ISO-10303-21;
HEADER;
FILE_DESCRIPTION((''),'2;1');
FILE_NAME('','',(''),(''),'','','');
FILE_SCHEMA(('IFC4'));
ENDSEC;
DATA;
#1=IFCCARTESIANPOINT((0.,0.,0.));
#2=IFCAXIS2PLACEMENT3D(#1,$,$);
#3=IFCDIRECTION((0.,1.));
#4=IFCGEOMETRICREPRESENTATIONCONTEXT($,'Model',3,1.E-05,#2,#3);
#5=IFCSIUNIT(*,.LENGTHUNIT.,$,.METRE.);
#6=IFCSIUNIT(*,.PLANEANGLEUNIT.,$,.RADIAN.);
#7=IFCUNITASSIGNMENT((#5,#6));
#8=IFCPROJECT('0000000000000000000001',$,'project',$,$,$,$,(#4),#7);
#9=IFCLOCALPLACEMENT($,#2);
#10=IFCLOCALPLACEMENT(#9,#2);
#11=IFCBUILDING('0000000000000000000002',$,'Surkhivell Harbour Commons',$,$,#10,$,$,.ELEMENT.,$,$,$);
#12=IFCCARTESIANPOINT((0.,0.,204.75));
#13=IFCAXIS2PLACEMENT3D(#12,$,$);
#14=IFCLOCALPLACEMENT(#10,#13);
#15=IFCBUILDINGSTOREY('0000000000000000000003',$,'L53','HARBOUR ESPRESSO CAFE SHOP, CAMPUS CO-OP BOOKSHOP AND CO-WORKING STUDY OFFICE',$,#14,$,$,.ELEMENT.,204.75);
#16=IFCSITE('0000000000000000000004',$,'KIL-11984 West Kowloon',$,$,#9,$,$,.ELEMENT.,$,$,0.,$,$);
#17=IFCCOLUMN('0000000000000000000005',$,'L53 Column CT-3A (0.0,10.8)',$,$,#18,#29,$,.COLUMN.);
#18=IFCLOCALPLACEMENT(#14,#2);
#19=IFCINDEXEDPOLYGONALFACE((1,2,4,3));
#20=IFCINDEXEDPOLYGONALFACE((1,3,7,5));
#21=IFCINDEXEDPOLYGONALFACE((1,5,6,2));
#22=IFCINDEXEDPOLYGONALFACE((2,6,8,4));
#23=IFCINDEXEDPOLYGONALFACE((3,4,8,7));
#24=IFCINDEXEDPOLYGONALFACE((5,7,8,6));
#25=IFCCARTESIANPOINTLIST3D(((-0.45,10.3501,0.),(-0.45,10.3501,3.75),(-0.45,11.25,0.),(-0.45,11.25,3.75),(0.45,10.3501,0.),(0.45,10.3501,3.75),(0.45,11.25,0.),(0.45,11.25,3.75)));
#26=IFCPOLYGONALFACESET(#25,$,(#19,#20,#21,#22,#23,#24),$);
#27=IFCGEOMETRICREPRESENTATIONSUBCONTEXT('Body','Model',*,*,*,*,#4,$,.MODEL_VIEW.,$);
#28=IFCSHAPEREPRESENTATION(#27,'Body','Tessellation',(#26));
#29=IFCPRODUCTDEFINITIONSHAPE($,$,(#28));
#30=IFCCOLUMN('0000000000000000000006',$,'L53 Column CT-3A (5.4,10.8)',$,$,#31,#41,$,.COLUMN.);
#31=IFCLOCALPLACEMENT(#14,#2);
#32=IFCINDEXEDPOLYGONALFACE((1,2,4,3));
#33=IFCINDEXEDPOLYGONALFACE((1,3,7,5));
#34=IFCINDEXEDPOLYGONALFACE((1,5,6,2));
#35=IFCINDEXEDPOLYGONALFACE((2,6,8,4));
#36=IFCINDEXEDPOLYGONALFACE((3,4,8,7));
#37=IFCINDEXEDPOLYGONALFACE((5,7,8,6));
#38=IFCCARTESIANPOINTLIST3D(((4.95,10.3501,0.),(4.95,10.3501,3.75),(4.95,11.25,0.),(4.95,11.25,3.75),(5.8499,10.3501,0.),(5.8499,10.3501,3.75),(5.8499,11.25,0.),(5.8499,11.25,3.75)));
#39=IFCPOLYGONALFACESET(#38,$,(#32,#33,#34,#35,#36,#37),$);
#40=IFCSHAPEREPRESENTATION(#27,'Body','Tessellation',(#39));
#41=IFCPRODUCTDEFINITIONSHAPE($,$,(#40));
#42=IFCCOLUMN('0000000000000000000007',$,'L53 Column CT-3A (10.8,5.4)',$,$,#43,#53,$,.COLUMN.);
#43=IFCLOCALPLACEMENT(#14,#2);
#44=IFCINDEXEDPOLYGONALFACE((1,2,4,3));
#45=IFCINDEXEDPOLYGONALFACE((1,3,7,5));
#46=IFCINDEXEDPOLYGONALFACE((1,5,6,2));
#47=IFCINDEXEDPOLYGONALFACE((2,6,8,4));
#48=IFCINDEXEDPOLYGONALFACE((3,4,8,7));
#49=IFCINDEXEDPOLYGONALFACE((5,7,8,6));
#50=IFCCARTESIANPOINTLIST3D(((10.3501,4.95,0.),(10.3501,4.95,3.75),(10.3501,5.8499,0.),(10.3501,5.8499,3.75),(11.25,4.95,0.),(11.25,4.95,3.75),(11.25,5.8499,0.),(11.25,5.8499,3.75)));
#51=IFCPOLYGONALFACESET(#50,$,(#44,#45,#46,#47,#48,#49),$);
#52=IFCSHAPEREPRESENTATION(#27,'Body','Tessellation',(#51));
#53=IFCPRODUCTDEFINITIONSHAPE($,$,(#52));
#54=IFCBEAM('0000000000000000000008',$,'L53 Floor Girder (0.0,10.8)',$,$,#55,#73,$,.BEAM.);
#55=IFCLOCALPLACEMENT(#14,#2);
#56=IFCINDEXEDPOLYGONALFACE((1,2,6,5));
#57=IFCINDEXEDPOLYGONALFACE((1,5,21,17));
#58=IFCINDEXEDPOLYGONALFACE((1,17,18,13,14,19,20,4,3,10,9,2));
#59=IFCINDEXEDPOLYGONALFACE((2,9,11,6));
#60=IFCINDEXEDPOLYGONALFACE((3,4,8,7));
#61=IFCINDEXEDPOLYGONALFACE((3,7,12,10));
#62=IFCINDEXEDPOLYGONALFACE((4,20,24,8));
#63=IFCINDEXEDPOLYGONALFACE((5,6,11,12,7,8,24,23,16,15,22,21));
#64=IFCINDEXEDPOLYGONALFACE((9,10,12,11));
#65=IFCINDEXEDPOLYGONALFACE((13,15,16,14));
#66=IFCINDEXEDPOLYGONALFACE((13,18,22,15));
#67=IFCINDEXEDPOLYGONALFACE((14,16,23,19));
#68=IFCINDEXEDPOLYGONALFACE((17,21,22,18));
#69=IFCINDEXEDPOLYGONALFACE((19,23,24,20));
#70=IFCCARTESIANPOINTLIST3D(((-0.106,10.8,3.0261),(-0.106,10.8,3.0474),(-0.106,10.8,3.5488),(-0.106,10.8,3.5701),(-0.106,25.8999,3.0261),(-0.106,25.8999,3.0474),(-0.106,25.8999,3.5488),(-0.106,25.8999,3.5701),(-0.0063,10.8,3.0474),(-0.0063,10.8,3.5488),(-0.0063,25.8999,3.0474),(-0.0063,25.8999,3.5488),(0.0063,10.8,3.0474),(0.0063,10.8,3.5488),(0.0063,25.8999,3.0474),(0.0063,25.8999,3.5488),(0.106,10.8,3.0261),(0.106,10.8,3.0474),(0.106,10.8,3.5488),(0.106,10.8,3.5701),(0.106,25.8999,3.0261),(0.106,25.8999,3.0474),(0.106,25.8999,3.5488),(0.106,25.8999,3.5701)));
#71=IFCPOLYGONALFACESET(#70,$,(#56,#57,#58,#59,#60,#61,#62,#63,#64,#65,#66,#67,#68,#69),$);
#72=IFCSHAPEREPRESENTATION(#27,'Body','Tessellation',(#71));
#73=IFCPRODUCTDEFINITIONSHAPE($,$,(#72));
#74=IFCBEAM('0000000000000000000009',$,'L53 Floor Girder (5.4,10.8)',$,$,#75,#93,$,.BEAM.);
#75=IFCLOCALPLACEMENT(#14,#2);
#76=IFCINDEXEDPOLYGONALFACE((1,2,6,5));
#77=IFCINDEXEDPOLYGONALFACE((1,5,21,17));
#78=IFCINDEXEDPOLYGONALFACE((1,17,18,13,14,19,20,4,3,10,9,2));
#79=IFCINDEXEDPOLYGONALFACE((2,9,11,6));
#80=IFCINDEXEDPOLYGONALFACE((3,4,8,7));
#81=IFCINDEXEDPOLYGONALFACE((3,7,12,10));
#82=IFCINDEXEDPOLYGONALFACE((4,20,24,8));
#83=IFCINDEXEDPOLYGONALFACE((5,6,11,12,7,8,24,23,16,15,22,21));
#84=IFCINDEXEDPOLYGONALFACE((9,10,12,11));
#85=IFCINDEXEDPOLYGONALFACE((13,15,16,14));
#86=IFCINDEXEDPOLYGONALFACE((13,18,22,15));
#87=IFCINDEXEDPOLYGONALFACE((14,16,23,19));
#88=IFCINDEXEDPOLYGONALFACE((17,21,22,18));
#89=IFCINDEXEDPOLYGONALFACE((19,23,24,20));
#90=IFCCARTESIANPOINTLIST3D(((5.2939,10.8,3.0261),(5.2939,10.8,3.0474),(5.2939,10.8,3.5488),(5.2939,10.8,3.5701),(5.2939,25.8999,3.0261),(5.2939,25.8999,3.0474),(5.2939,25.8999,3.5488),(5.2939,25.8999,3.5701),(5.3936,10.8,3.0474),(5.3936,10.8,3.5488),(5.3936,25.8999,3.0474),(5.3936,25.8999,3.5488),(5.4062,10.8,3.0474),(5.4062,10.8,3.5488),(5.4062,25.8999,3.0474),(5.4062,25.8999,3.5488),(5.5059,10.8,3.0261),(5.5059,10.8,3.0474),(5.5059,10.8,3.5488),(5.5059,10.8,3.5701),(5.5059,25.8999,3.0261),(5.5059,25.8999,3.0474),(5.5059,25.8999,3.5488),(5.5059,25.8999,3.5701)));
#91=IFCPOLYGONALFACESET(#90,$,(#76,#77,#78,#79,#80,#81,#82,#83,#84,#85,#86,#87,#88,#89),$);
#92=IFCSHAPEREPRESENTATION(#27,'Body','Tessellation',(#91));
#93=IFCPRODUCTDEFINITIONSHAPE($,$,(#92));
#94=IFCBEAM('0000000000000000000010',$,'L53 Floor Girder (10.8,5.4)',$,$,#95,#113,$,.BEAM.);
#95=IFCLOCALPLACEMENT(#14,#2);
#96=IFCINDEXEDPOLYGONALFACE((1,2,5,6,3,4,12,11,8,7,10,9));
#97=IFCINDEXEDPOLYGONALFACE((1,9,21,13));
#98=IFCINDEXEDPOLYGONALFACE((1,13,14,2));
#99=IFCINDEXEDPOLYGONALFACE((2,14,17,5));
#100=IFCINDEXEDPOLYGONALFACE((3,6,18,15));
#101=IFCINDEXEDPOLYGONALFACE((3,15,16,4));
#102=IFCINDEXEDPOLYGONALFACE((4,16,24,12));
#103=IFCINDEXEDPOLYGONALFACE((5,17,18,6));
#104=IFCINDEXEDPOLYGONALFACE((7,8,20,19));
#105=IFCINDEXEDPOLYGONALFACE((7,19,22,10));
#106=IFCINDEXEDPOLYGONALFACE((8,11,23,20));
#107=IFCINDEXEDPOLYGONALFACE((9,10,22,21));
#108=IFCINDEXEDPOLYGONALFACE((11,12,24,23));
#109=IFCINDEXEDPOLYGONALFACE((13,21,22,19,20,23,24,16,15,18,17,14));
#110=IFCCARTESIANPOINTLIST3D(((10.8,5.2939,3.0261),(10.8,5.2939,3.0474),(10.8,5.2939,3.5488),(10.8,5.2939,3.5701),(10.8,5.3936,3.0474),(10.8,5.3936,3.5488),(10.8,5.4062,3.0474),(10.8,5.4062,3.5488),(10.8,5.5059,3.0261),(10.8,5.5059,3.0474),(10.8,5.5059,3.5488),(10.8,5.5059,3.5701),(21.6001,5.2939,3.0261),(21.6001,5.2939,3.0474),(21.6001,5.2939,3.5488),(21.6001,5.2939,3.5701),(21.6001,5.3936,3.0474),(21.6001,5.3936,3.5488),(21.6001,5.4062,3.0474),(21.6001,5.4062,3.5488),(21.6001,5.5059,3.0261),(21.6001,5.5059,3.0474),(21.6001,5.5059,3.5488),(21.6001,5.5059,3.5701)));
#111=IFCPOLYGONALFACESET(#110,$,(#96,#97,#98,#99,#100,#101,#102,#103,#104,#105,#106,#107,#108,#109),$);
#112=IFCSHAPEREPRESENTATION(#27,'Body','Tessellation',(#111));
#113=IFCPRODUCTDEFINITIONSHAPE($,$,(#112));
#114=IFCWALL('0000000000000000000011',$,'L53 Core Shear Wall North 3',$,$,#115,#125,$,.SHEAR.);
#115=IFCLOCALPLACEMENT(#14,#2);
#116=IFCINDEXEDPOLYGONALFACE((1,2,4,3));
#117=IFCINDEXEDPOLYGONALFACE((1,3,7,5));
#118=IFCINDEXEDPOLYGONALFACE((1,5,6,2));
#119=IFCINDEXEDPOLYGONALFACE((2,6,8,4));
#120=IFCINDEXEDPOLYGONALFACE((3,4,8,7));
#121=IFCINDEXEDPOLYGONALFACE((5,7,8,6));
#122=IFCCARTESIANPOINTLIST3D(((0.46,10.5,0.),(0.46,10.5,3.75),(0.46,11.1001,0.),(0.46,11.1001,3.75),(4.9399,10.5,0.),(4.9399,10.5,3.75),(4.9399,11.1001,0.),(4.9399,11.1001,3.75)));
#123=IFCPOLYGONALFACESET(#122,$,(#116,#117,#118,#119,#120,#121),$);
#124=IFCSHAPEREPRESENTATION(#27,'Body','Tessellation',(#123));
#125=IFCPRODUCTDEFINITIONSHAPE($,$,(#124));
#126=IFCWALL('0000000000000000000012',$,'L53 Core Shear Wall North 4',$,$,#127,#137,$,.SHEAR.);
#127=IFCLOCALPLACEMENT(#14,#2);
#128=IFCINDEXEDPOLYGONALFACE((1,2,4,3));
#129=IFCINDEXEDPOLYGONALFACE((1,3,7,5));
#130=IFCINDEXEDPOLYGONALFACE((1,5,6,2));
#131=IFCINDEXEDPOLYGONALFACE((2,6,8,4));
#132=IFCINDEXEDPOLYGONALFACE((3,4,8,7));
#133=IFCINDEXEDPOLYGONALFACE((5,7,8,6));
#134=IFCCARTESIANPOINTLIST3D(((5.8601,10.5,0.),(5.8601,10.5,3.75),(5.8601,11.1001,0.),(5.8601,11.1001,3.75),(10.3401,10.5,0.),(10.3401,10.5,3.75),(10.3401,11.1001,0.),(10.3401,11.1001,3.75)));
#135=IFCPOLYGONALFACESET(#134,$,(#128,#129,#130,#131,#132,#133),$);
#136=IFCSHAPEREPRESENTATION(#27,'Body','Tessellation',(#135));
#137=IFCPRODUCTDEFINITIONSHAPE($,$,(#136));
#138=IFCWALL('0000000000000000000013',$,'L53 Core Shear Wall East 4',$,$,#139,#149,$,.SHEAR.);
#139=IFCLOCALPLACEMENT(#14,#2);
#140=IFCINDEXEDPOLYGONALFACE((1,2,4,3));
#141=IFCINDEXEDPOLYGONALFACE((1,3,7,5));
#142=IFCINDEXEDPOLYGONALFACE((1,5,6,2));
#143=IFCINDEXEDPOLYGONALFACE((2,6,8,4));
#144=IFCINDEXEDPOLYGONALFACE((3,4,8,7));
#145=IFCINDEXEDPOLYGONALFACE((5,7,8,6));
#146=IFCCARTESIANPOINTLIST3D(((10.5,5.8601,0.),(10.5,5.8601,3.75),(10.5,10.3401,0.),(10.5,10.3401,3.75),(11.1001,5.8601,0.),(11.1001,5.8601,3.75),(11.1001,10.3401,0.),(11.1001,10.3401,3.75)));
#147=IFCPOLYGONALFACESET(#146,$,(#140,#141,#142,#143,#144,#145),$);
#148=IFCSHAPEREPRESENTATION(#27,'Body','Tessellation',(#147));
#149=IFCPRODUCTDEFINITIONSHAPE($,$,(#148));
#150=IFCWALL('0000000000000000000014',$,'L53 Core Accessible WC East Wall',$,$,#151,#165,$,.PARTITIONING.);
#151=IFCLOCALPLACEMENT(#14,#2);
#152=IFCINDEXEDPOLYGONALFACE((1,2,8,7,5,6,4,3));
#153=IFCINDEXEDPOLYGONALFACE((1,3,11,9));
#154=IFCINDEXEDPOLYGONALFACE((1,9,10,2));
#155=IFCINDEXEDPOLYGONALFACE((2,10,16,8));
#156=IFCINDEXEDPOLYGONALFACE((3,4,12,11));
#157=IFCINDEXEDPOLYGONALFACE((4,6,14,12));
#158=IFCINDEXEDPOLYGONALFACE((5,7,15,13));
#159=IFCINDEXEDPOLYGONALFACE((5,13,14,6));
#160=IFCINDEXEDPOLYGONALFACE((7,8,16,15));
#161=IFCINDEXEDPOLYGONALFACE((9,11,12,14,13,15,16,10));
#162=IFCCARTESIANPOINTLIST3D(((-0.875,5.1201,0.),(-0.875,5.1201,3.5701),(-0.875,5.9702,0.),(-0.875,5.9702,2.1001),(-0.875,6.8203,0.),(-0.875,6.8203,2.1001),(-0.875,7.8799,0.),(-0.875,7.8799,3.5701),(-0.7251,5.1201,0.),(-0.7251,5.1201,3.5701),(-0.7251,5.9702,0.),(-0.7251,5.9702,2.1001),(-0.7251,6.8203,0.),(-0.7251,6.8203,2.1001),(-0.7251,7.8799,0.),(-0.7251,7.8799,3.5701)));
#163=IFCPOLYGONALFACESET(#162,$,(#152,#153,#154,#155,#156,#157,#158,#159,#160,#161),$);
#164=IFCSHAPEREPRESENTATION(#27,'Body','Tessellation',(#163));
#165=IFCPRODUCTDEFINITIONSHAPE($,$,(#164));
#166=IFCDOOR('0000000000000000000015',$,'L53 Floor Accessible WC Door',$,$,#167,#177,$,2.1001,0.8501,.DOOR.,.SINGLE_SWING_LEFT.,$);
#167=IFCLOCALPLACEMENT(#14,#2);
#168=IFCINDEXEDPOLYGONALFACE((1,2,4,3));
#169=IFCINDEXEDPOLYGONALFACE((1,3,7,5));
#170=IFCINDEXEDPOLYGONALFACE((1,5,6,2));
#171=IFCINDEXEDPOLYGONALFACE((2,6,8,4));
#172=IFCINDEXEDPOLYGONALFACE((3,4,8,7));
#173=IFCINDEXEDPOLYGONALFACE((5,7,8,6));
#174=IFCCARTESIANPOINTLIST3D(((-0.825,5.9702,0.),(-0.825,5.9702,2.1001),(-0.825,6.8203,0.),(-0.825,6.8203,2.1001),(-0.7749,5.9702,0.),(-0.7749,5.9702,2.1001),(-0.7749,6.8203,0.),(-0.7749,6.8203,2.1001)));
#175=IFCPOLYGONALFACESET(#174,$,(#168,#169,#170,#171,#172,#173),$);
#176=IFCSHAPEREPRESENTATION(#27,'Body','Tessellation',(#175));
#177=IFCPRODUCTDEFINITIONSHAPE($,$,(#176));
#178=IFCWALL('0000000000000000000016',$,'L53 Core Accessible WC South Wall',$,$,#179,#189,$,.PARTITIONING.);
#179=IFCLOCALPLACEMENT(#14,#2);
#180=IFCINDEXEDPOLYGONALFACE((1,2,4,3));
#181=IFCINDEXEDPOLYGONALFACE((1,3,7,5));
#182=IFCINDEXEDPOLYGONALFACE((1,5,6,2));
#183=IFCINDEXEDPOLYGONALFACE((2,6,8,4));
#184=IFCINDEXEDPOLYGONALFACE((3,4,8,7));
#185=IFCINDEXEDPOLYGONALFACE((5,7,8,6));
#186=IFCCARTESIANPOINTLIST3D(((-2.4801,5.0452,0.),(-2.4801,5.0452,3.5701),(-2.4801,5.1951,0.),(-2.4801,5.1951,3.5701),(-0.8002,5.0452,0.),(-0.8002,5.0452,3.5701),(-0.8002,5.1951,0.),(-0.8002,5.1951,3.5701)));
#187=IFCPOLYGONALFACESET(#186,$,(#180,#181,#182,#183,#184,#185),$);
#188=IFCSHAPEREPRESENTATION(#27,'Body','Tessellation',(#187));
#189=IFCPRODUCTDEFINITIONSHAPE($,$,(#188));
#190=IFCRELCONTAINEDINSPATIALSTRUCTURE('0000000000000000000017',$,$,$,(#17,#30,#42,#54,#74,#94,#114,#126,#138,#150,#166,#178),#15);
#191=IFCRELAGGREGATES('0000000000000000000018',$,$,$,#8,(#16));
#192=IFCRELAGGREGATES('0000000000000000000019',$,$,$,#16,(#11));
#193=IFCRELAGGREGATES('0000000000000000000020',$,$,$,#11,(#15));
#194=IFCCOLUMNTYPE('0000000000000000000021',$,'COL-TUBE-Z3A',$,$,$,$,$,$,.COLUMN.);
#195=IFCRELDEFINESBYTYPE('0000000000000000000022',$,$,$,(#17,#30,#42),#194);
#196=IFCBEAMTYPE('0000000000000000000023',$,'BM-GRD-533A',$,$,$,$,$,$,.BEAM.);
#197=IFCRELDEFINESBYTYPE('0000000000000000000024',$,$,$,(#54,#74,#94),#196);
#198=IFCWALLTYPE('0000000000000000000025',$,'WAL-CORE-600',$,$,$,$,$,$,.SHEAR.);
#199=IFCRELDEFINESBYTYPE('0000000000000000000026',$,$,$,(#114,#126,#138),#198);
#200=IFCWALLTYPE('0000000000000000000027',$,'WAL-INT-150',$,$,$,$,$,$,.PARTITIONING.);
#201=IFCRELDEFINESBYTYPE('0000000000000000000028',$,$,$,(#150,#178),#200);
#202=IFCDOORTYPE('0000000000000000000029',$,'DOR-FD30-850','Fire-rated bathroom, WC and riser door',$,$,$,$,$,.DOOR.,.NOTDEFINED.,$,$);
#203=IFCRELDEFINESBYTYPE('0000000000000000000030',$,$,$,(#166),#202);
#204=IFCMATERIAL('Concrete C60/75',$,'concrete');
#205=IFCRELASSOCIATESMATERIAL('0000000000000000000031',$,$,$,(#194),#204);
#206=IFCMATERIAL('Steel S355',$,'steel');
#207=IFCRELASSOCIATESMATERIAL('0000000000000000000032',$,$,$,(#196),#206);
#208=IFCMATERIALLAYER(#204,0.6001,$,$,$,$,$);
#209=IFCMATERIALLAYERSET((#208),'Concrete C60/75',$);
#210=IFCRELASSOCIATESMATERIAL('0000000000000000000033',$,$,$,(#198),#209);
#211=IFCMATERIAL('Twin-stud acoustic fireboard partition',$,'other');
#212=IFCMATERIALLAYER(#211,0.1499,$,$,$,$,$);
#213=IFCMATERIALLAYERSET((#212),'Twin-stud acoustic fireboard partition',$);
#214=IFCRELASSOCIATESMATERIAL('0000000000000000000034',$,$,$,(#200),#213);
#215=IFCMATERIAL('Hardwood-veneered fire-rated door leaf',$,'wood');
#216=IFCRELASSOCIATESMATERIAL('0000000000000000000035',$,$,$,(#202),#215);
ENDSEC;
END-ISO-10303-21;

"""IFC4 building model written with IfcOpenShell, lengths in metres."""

from ifc_helpers import new_model, si_unit, direction, frame, frame_2d, origin, origin_2d, place, context, subcontext, project, spatial, rectangle, i_section, extrude, material, layer, layer_set, material_profile, profile_set, type_object, element, fill, save


model = new_model("IFC4")

# Units and contexts
model_context = context("Model", 3, precision=1e-05, world=origin(), true_north=direction((0.0, 1.0)))
body_context = subcontext(model_context, "Body", "Model", "MODEL_VIEW")
ifc_project = project(units=[si_unit("LENGTHUNIT", "METRE"), si_unit("PLANEANGLEUNIT", "RADIAN")], contexts=[model_context])

# Site, building, storey
site_placement = place(None, origin())
site = spatial("IfcSite", under=ifc_project, at=site_placement, Name="KIL-11984 West Kowloon", CompositionType="ELEMENT", RefElevation=0.0)
building_placement = place(site_placement, origin())
building = spatial("IfcBuilding", under=site, at=building_placement, Name="Surkhivell Harbour Commons", CompositionType="ELEMENT")
storey_placement = place(building_placement, frame((0.0, 0.0, 204.75)))
storey = spatial("IfcBuildingStorey", under=building, at=storey_placement, Name="L53", Description="HARBOUR ESPRESSO CAFE SHOP, CAMPUS CO-OP BOOKSHOP AND CO-WORKING STUDY OFFICE", CompositionType="ELEMENT", Elevation=204.75)

# Columns
ifc_material_1 = material(Name="Concrete C60/75", Category="concrete")
ifc_material_profile_1 = material_profile(ifc_material_1, rectangle(XDim=0.8999, YDim=0.8999, at=origin_2d()), Name="RC-COL-900x900")
ifc_profile_set_1 = profile_set([ifc_material_profile_1], Name="Concrete C60/75")
column_type = type_object("IfcColumnType", Name="COL-TUBE-Z3A", PredefinedType="COLUMN", material=ifc_profile_set_1)
for number, where, z_axis, x_axis, name in (
    (1, (0.0, 10.8, 0.0), (0.0, 0.0, 1.0), (1.0, 0.0, 0.0), "L53 Column CT-3A (0.0,10.8)"),
    (2, (5.3999, 10.8, 0.0), (0.0, 0.0, 1.0), (1.0, 0.0, 0.0), "L53 Column CT-3A (5.4,10.8)"),
    (3, (10.8, 5.3999, 0.0), (0.0, 0.0, 1.0), (1.0, 0.0, 0.0), "L53 Column CT-3A (10.8,5.4)"),
):
    element("IfcColumn", number, at=place(storey_placement, frame(where, z_axis=z_axis, x_axis=x_axis)), inside=storey, type_object=column_type, Name=name, PredefinedType="COLUMN", context=body_context, shape_type="SweptSolid", body=[
        extrude(rectangle(XDim=0.8999, YDim=0.8999, at=origin_2d()), origin(), (0.0, 0.0, 1.0), 3.75),
    ])

# Beams
ifc_material_2 = material(Name="Steel S355", Category="steel")
ifc_material_profile_2 = material_profile(ifc_material_2, i_section(OverallWidth=0.2119, OverallDepth=0.5439, WebThickness=0.0127, FlangeThickness=0.0212, at=origin_2d()), Name="UB533x210x122")
ifc_profile_set_2 = profile_set([ifc_material_profile_2], Name="Steel S355")
beam_type = type_object("IfcBeamType", Name="BM-GRD-533A", PredefinedType="BEAM", material=ifc_profile_set_2)
for number, where, z_axis, x_axis, name in (
    (4, (0.0, 10.8, 3.2981), (0.0, 1.0, 0.0), (-1.0, 0.0, 0.0), "L53 Floor Girder (0.0,10.8)"),
    (5, (5.3999, 10.8, 3.2981), (0.0, 1.0, 0.0), (-1.0, 0.0, 0.0), "L53 Floor Girder (5.4,10.8)"),
):
    element("IfcBeam", number, at=place(storey_placement, frame(where, z_axis=z_axis, x_axis=x_axis)), inside=storey, type_object=beam_type, Name=name, PredefinedType="BEAM", context=body_context, shape_type="SweptSolid", body=[
        extrude(i_section(OverallWidth=0.2119, OverallDepth=0.5439, WebThickness=0.0127, FlangeThickness=0.0212, at=origin_2d()), origin(), (0.0, 0.0, 1.0), 15.0999),
    ])
beam_placement = place(storey_placement, frame((10.8, 5.3999, 3.2981), z_axis=(1.0, 0.0, 0.0), x_axis=(0.0, 1.0, 0.0)))
element("IfcBeam", 6, at=beam_placement, inside=storey, type_object=beam_type, Name="L53 Floor Girder (10.8,5.4)", PredefinedType="BEAM", context=body_context, shape_type="SweptSolid", body=[
    extrude(i_section(OverallWidth=0.2119, OverallDepth=0.5439, WebThickness=0.0127, FlangeThickness=0.0212, at=origin_2d()), origin(), (0.0, 0.0, 1.0), 10.8),
])

# Walls
ifc_layer_1 = layer(ifc_material_1, 0.6001)
ifc_layer_set_1 = layer_set([ifc_layer_1], Name="Concrete C60/75")
wall_type_1 = type_object("IfcWallType", Name="WAL-CORE-600", PredefinedType="SHEAR", material=ifc_layer_set_1)
for number, where, z_axis, x_axis, name in (
    (7, (0.46, 10.8, 0.0), (0.0, 0.0, 1.0), (1.0, 0.0, 0.0), "L53 Core Shear Wall North 3"),
    (8, (5.8601, 10.8, 0.0), (0.0, 0.0, 1.0), (1.0, 0.0, 0.0), "L53 Core Shear Wall North 4"),
    (9, (10.8, 5.8601, 0.0), (0.0, 0.0, 1.0), (0.0, 1.0, 0.0), "L53 Core Shear Wall East 4"),
):
    element("IfcWall", number, at=place(storey_placement, frame(where, z_axis=z_axis, x_axis=x_axis)), inside=storey, type_object=wall_type_1, Name=name, PredefinedType="SHEAR", context=body_context, shape_type="SweptSolid", body=[
        extrude(rectangle(XDim=4.48, YDim=0.6001, at=frame_2d((2.24, 0.0))), origin(), (0.0, 0.0, 1.0), 3.75),
    ])

# Wall, opening, door
ifc_material_3 = material(Name="Twin-stud acoustic fireboard partition", Category="other")
ifc_layer_2 = layer(ifc_material_3, 0.1499)
ifc_layer_set_2 = layer_set([ifc_layer_2], Name="Twin-stud acoustic fireboard partition")
wall_type_2 = type_object("IfcWallType", Name="WAL-INT-150", PredefinedType="PARTITIONING", material=ifc_layer_set_2)
wall_1_placement = place(storey_placement, frame((-0.8, 5.1201, 0.0), z_axis=(0.0, 0.0, 1.0), x_axis=(0.0, 1.0, 0.0)))
wall_1 = element("IfcWall", 10, at=wall_1_placement, inside=storey, type_object=wall_type_2, Name="L53 Core Accessible WC East Wall", PredefinedType="PARTITIONING", context=body_context, shape_type="SweptSolid", body=[
    extrude(rectangle(XDim=2.7598, YDim=0.1499, at=frame_2d((1.3799, 0.0))), origin(), (0.0, 0.0, 1.0), 3.5701),
])
opening_1_placement = place(wall_1_placement, frame((0.8501, 0.0, 0.0)))
opening_1 = element("IfcOpeningElement", 11, at=opening_1_placement, cuts=wall_1, PredefinedType="OPENING", context=body_context, shape_type="SweptSolid", body=[
    extrude(rectangle(XDim=0.8501, YDim=2.1001, at=frame_2d((0.425, 1.05))), frame((0.0, 0.085, 0.0), z_axis=(0.0, -1.0, 0.0), x_axis=(1.0, 0.0, 0.0)), (0.0, 0.0, 1.0), 0.1699),
])
ifc_material_4 = material(Name="Hardwood-veneered fire-rated door leaf", Category="wood")
door_type_1 = type_object("IfcDoorType", Name="DOR-FD30-850", Description="Fire-rated bathroom, WC and riser door", OperationType="NOTDEFINED", PredefinedType="DOOR", material=ifc_material_4)
door_1_placement = place(opening_1_placement, origin())
door_1 = element("IfcDoor", 12, at=door_1_placement, inside=storey, type_object=door_type_1, Name="L53 Floor Accessible WC Door", OperationType="SINGLE_SWING_LEFT", OverallHeight=2.1001, OverallWidth=0.8501, PredefinedType="DOOR", context=body_context, shape_type="SweptSolid", body=[
    extrude(rectangle(XDim=0.8501, YDim=2.1001, at=frame_2d((0.425, 1.05))), frame((0.0, 0.0249, 0.0), z_axis=(0.0, -1.0, 0.0), x_axis=(1.0, 0.0, 0.0)), (0.0, 0.0, 1.0), 0.05),
])
fill(opening_1, door_1)

# Wall
wall_2_placement = place(storey_placement, frame((-2.48, 5.1201, 0.0), z_axis=(0.0, 0.0, 1.0), x_axis=(1.0, 0.0, 0.0)))
element("IfcWall", 13, at=wall_2_placement, inside=storey, type_object=wall_type_2, Name="L53 Core Accessible WC South Wall", PredefinedType="PARTITIONING", context=body_context, shape_type="SweptSolid", body=[
    extrude(rectangle(XDim=1.6799, YDim=0.1499, at=frame_2d((0.8398, 0.0))), origin(), (0.0, 0.0, 1.0), 3.5701),
])

save(model, "model.ifc")
